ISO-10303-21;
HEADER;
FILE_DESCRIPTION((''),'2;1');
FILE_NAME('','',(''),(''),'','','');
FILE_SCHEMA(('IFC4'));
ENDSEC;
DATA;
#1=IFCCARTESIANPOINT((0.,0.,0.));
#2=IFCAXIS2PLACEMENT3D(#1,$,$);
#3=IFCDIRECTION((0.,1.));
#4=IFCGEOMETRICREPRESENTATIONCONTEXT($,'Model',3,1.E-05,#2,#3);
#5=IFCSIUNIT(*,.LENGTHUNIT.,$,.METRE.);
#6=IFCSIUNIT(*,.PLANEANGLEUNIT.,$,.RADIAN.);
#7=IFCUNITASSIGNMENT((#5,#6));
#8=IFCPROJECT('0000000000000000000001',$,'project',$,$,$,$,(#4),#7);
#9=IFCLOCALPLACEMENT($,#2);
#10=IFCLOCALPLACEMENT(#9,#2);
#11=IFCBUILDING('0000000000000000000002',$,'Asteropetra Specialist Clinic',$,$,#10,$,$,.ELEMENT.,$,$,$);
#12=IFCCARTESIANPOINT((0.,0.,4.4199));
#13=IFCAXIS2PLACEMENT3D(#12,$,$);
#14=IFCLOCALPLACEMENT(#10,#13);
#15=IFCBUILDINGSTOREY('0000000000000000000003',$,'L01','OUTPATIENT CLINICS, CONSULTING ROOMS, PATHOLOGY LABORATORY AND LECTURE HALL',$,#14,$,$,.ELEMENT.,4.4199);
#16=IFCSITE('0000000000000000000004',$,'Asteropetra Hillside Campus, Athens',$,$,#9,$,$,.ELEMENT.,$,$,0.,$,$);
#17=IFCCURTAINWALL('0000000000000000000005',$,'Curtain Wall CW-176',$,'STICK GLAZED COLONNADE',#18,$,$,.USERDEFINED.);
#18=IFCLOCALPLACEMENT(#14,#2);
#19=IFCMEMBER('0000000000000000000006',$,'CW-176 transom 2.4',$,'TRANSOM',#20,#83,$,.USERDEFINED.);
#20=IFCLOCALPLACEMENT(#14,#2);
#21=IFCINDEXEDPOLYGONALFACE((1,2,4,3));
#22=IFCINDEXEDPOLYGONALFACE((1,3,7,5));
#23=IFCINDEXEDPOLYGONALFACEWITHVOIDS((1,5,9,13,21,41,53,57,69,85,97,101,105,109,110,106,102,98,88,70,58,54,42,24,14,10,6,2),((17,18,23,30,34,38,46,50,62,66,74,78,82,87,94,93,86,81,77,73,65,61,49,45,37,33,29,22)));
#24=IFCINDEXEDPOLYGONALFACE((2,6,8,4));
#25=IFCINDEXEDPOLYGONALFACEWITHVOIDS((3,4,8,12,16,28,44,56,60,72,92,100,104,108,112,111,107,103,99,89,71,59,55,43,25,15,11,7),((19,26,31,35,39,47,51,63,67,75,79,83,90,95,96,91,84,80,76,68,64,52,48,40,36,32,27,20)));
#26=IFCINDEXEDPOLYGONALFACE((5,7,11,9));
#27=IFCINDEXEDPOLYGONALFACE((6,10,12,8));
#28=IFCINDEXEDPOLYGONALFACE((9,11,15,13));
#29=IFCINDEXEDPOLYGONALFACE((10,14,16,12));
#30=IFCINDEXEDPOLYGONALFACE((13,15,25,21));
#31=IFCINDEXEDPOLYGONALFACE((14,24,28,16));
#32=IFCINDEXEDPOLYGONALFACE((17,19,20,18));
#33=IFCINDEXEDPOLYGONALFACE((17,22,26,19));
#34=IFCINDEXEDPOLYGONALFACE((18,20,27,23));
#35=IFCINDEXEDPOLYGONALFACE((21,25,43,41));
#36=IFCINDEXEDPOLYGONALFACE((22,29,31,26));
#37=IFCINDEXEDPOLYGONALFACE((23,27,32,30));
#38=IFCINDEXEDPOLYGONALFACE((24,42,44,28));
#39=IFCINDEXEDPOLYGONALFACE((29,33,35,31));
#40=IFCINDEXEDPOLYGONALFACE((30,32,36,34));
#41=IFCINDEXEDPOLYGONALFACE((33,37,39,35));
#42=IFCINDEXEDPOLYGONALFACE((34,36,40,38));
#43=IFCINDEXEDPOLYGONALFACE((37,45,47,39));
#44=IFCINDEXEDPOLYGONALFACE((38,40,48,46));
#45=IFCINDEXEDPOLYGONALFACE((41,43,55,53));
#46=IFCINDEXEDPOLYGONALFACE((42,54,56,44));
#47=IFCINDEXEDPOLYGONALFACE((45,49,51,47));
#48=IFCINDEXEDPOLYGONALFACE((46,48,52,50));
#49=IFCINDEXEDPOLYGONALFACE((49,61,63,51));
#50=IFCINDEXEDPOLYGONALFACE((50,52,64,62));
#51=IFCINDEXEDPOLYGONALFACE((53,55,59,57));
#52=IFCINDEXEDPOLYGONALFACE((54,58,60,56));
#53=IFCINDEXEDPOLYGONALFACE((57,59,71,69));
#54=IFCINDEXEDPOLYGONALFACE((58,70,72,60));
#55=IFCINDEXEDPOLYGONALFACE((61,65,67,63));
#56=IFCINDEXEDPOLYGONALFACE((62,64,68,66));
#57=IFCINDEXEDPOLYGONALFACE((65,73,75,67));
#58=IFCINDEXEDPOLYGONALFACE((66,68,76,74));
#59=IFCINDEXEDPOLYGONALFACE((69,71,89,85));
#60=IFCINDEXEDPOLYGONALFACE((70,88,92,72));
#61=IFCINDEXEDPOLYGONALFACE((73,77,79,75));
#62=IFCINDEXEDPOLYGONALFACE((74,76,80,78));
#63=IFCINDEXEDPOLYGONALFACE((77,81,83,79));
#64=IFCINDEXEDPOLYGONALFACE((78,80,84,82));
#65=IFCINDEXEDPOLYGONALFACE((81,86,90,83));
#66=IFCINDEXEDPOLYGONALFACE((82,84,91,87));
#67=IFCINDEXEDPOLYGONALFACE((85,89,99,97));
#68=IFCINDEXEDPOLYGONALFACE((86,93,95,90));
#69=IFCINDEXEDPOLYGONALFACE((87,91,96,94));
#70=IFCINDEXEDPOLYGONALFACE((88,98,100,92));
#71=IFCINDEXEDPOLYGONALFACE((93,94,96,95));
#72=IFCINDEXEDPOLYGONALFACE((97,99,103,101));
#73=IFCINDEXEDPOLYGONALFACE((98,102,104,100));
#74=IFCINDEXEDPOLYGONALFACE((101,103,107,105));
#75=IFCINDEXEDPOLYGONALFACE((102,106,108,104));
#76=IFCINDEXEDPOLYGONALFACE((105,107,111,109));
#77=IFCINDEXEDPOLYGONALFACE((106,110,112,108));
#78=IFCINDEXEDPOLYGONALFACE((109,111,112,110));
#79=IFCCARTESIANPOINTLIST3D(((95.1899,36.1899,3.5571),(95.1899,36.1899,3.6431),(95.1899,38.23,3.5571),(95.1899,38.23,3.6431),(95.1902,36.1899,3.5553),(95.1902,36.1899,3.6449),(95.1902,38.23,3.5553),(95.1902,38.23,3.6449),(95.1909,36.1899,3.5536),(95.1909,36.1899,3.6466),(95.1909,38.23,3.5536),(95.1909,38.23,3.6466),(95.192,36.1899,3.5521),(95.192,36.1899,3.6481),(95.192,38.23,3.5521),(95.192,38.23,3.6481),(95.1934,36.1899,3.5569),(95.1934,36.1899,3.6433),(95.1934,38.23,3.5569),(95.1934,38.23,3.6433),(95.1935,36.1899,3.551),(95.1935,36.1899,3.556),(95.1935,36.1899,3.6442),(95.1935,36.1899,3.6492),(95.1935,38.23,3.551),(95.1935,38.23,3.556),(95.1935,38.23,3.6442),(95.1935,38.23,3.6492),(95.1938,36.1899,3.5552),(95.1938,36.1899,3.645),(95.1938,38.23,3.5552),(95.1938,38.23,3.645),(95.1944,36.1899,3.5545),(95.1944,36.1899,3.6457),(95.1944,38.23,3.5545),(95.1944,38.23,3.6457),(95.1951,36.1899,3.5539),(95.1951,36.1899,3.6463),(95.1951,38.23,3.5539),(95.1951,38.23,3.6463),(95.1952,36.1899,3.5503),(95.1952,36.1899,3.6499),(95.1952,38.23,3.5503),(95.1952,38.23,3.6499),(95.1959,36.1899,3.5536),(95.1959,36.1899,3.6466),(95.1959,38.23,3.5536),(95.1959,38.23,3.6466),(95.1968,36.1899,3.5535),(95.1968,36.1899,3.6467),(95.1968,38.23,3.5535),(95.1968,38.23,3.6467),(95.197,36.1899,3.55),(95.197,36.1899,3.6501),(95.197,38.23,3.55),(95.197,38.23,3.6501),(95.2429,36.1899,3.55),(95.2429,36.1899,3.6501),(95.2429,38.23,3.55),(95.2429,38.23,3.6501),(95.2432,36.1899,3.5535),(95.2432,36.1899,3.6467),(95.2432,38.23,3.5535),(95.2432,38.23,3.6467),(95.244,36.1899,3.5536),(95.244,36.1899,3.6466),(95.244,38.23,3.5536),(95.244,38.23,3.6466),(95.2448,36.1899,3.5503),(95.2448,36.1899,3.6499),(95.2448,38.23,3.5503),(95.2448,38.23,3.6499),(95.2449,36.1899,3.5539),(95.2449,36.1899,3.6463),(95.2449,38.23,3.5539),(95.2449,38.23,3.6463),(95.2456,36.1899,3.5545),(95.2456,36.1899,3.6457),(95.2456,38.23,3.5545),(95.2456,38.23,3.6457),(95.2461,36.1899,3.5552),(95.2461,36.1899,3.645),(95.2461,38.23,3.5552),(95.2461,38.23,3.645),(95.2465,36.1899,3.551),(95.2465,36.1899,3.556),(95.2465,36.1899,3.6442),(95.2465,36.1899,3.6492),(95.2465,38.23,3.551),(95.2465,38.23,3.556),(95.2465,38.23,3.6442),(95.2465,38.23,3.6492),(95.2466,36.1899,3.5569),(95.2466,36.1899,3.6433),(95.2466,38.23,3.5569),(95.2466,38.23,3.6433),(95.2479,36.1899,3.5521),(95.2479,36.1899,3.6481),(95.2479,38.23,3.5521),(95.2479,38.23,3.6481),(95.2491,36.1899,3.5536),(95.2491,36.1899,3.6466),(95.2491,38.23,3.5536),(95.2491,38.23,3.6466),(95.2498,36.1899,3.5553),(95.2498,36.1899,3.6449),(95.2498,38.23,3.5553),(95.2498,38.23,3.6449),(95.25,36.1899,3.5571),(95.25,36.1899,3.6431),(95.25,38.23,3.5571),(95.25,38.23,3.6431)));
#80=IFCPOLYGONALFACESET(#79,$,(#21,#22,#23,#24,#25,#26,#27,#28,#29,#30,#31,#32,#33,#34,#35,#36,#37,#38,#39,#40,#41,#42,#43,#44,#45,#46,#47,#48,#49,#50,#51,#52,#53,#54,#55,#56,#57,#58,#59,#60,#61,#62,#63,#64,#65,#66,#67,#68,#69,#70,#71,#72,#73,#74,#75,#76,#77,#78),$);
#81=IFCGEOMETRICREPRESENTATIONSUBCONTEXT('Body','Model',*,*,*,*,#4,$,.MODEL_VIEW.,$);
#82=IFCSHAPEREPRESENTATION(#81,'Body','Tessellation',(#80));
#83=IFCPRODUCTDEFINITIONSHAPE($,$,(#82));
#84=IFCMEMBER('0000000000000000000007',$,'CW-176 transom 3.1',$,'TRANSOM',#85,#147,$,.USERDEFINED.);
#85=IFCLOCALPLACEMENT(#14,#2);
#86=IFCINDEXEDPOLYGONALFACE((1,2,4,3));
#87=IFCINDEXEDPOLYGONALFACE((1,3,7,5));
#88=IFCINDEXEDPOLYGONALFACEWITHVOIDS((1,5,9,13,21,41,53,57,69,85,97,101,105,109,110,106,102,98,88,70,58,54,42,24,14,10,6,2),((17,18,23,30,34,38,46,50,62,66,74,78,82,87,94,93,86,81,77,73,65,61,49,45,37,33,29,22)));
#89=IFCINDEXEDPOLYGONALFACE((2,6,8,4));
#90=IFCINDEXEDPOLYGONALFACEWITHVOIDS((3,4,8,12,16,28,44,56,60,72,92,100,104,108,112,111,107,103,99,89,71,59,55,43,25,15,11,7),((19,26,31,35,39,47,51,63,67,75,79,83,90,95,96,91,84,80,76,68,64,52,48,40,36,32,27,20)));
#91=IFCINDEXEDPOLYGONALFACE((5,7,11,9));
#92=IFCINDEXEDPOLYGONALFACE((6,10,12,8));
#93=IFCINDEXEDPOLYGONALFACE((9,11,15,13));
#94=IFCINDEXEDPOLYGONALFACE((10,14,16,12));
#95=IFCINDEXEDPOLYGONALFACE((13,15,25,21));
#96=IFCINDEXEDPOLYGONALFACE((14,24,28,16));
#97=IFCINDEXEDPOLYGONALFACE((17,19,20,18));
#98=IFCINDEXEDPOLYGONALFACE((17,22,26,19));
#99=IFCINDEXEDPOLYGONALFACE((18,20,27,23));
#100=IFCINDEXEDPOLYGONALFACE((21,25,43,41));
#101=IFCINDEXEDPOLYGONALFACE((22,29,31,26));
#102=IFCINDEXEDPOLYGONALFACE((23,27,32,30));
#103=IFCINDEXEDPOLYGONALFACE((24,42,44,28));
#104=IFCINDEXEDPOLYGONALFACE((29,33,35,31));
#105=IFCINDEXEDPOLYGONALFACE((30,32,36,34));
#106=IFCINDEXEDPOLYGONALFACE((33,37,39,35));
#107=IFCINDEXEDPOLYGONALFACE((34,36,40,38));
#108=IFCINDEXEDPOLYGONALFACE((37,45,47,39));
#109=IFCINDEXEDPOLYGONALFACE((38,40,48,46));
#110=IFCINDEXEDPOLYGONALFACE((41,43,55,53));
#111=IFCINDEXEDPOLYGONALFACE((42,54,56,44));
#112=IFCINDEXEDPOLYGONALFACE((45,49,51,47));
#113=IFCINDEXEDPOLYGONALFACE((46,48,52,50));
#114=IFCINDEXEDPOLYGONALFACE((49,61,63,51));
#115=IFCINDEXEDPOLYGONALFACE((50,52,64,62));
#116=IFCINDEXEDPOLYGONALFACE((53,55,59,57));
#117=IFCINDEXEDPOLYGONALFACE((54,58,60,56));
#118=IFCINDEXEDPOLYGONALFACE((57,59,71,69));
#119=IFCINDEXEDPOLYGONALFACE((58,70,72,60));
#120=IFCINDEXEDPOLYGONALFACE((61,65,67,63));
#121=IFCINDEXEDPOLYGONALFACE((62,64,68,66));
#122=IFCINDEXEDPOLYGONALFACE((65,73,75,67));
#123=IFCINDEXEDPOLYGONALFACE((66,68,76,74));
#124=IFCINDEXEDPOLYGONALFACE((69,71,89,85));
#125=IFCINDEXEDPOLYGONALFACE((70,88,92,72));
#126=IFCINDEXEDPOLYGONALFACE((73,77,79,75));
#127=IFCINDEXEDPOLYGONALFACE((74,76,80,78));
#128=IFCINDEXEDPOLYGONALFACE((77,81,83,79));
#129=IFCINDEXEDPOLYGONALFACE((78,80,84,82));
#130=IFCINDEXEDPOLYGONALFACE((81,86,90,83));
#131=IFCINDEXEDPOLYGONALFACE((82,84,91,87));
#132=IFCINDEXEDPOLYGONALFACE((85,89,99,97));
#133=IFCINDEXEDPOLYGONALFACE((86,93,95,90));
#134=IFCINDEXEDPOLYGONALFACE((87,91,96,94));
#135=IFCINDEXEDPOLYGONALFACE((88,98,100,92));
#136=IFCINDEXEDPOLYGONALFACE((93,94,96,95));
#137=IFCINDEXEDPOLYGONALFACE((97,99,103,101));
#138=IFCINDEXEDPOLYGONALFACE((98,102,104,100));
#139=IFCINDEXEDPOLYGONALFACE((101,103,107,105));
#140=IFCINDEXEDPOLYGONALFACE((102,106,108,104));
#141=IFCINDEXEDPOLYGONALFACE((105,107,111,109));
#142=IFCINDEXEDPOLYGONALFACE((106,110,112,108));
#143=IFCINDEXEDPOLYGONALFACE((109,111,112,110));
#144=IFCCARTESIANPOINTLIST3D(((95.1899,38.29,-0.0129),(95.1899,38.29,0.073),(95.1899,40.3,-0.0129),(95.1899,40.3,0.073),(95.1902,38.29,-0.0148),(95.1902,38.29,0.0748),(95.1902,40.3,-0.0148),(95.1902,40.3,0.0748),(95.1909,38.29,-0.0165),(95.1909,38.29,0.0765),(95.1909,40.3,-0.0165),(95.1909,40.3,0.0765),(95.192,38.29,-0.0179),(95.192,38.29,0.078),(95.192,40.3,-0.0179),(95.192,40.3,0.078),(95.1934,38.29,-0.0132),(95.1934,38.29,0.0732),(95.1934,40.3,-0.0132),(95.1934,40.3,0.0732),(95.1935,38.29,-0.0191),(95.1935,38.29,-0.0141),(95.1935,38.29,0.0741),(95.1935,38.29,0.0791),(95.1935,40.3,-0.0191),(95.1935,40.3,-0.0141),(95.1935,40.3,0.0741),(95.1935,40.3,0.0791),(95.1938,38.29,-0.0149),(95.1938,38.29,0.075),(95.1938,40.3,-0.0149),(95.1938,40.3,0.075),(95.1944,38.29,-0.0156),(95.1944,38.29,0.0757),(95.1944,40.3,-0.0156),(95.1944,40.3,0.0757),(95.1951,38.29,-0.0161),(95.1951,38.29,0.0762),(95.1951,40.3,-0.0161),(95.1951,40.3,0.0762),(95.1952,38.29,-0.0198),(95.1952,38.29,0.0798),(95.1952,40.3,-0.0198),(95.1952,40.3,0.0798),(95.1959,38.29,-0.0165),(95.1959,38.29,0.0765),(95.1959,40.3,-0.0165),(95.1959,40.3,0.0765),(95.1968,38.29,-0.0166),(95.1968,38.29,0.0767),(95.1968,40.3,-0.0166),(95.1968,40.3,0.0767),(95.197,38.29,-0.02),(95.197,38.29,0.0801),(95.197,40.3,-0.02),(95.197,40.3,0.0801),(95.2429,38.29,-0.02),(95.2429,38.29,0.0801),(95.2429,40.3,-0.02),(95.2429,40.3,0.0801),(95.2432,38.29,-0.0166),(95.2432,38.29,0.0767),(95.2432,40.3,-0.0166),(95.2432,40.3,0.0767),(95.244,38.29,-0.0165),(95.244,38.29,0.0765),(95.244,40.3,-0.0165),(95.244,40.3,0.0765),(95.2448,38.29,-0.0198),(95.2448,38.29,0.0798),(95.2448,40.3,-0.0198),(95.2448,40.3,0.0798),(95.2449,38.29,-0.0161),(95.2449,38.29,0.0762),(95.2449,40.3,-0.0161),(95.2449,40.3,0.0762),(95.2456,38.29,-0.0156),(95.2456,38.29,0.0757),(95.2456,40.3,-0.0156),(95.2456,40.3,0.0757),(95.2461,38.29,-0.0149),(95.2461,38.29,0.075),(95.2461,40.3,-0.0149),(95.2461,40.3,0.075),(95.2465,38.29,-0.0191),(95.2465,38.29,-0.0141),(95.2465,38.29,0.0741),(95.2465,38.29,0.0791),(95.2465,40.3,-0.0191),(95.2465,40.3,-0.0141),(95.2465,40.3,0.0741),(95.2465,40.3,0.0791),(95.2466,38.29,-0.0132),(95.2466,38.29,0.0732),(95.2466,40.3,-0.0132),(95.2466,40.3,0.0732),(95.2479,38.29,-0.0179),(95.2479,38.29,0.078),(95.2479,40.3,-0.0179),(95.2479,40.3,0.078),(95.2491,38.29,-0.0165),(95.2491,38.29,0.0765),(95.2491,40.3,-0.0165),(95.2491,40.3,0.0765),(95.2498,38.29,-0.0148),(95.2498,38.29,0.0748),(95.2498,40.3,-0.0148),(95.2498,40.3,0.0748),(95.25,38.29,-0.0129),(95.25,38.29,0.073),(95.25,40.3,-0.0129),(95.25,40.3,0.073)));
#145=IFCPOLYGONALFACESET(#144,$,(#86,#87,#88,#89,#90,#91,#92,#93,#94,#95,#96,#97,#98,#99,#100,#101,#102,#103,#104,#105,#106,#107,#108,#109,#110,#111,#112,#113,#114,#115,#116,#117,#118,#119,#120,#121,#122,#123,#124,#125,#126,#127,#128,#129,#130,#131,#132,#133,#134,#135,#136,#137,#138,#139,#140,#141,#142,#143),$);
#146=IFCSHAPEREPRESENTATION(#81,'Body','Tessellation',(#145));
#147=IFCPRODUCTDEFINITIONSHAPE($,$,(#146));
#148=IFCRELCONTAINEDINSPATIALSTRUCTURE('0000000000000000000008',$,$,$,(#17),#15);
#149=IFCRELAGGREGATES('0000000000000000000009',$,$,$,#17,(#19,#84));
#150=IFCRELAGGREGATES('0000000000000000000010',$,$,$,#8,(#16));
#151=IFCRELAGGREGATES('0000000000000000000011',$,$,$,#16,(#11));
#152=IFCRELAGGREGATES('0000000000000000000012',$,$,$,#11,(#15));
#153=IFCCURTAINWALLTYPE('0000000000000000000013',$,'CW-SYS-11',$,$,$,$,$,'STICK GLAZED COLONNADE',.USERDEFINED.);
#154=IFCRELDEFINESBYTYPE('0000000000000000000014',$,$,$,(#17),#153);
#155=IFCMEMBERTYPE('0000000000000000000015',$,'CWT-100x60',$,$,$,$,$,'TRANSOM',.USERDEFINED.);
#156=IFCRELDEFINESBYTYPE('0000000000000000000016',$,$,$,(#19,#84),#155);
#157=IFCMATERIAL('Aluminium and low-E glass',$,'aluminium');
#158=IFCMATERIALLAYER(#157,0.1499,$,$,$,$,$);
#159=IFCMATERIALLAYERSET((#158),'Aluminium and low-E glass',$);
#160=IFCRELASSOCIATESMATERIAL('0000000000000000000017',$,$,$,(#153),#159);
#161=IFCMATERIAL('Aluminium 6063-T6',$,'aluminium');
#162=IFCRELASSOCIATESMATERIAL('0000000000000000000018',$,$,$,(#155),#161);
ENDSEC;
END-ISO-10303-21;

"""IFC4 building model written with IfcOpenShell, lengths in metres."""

from ifc_helpers import new_model, si_unit, direction, frame, origin, origin_2d, place, context, subcontext, project, spatial, hollow_rectangle, extrude, material, layer, layer_set, material_profile, profile_set, type_object, element, aggregate, save


model = new_model("IFC4")

# Units and contexts
model_context = context("Model", 3, precision=1e-05, world=origin(), true_north=direction((0.0, 1.0)))
body_context = subcontext(model_context, "Body", "Model", "MODEL_VIEW")
ifc_project = project(units=[si_unit("LENGTHUNIT", "METRE"), si_unit("PLANEANGLEUNIT", "RADIAN")], contexts=[model_context])

# Site, building, storey
site_placement = place(None, origin())
site = spatial("IfcSite", under=ifc_project, at=site_placement, Name="Asteropetra Hillside Campus, Athens", CompositionType="ELEMENT", RefElevation=0.0)
building_placement = place(site_placement, origin())
building = spatial("IfcBuilding", under=site, at=building_placement, Name="Asteropetra Specialist Clinic", CompositionType="ELEMENT")
storey_placement = place(building_placement, frame((0.0, 0.0, 4.4199)))
storey = spatial("IfcBuildingStorey", under=building, at=storey_placement, Name="L01", Description="OUTPATIENT CLINICS, CONSULTING ROOMS, PATHOLOGY LABORATORY AND LECTURE HALL", CompositionType="ELEMENT", Elevation=4.4199)

# Curtain wall
ifc_material_1 = material(Name="Aluminium and low-E glass", Category="aluminium")
ifc_layer_1 = layer(ifc_material_1, 0.1499)
ifc_layer_set_1 = layer_set([ifc_layer_1], Name="Aluminium and low-E glass")
curtain_wall_type = type_object("IfcCurtainWallType", Name="CW-SYS-11", ElementType="STICK GLAZED COLONNADE", PredefinedType="USERDEFINED", material=ifc_layer_set_1)
curtain_wall_1_placement = place(storey_placement, origin())
curtain_wall_1 = element("IfcCurtainWall", 1, at=curtain_wall_1_placement, inside=storey, type_object=curtain_wall_type, Name="Curtain Wall CW-176", ObjectType="STICK GLAZED COLONNADE", PredefinedType="USERDEFINED")

# Members
ifc_material_2 = material(Name="Aluminium 6063-T6", Category="aluminium")
ifc_material_profile_1 = material_profile(ifc_material_2, hollow_rectangle(XDim=0.0601, YDim=0.1001, WallThickness=0.0034, InnerFilletRadius=0.0034, OuterFilletRadius=0.0071, at=origin_2d()), Name="TRN 100x60x3.5")
ifc_profile_set_1 = profile_set([ifc_material_profile_1], Name="Aluminium 6063-T6")
member_type_1 = type_object("IfcMemberType", Name="CWT-100x60", ElementType="TRANSOM", PredefinedType="USERDEFINED", material=ifc_profile_set_1)
member_1_placement = place(storey_placement, frame((95.22, 36.1899, 3.6001), z_axis=(0.0, 1.0, 0.0), x_axis=(-1.0, 0.0, 0.0)))
member_1 = element("IfcMember", 2, at=member_1_placement, type_object=member_type_1, Name="CW-176 transom 2.4", ObjectType="TRANSOM", PredefinedType="USERDEFINED", context=body_context, shape_type="SweptSolid", body=[
    extrude(hollow_rectangle(XDim=0.0601, YDim=0.1001, WallThickness=0.0034, InnerFilletRadius=0.0034, OuterFilletRadius=0.0071, at=origin_2d()), origin(), (0.0, 0.0, 1.0), 2.04),
])
member_2_placement = place(storey_placement, frame((95.22, 38.29, 0.03), z_axis=(0.0, 1.0, 0.0), x_axis=(-1.0, 0.0, 0.0)))
member_2 = element("IfcMember", 3, at=member_2_placement, type_object=member_type_1, Name="CW-176 transom 3.1", ObjectType="TRANSOM", PredefinedType="USERDEFINED", context=body_context, shape_type="SweptSolid", body=[
    extrude(hollow_rectangle(XDim=0.0601, YDim=0.1001, WallThickness=0.0034, InnerFilletRadius=0.0034, OuterFilletRadius=0.0071, at=origin_2d()), origin(), (0.0, 0.0, 1.0), 2.01),
])

aggregate(curtain_wall_1, [member_1, member_2])

save(model, "model.ifc")
